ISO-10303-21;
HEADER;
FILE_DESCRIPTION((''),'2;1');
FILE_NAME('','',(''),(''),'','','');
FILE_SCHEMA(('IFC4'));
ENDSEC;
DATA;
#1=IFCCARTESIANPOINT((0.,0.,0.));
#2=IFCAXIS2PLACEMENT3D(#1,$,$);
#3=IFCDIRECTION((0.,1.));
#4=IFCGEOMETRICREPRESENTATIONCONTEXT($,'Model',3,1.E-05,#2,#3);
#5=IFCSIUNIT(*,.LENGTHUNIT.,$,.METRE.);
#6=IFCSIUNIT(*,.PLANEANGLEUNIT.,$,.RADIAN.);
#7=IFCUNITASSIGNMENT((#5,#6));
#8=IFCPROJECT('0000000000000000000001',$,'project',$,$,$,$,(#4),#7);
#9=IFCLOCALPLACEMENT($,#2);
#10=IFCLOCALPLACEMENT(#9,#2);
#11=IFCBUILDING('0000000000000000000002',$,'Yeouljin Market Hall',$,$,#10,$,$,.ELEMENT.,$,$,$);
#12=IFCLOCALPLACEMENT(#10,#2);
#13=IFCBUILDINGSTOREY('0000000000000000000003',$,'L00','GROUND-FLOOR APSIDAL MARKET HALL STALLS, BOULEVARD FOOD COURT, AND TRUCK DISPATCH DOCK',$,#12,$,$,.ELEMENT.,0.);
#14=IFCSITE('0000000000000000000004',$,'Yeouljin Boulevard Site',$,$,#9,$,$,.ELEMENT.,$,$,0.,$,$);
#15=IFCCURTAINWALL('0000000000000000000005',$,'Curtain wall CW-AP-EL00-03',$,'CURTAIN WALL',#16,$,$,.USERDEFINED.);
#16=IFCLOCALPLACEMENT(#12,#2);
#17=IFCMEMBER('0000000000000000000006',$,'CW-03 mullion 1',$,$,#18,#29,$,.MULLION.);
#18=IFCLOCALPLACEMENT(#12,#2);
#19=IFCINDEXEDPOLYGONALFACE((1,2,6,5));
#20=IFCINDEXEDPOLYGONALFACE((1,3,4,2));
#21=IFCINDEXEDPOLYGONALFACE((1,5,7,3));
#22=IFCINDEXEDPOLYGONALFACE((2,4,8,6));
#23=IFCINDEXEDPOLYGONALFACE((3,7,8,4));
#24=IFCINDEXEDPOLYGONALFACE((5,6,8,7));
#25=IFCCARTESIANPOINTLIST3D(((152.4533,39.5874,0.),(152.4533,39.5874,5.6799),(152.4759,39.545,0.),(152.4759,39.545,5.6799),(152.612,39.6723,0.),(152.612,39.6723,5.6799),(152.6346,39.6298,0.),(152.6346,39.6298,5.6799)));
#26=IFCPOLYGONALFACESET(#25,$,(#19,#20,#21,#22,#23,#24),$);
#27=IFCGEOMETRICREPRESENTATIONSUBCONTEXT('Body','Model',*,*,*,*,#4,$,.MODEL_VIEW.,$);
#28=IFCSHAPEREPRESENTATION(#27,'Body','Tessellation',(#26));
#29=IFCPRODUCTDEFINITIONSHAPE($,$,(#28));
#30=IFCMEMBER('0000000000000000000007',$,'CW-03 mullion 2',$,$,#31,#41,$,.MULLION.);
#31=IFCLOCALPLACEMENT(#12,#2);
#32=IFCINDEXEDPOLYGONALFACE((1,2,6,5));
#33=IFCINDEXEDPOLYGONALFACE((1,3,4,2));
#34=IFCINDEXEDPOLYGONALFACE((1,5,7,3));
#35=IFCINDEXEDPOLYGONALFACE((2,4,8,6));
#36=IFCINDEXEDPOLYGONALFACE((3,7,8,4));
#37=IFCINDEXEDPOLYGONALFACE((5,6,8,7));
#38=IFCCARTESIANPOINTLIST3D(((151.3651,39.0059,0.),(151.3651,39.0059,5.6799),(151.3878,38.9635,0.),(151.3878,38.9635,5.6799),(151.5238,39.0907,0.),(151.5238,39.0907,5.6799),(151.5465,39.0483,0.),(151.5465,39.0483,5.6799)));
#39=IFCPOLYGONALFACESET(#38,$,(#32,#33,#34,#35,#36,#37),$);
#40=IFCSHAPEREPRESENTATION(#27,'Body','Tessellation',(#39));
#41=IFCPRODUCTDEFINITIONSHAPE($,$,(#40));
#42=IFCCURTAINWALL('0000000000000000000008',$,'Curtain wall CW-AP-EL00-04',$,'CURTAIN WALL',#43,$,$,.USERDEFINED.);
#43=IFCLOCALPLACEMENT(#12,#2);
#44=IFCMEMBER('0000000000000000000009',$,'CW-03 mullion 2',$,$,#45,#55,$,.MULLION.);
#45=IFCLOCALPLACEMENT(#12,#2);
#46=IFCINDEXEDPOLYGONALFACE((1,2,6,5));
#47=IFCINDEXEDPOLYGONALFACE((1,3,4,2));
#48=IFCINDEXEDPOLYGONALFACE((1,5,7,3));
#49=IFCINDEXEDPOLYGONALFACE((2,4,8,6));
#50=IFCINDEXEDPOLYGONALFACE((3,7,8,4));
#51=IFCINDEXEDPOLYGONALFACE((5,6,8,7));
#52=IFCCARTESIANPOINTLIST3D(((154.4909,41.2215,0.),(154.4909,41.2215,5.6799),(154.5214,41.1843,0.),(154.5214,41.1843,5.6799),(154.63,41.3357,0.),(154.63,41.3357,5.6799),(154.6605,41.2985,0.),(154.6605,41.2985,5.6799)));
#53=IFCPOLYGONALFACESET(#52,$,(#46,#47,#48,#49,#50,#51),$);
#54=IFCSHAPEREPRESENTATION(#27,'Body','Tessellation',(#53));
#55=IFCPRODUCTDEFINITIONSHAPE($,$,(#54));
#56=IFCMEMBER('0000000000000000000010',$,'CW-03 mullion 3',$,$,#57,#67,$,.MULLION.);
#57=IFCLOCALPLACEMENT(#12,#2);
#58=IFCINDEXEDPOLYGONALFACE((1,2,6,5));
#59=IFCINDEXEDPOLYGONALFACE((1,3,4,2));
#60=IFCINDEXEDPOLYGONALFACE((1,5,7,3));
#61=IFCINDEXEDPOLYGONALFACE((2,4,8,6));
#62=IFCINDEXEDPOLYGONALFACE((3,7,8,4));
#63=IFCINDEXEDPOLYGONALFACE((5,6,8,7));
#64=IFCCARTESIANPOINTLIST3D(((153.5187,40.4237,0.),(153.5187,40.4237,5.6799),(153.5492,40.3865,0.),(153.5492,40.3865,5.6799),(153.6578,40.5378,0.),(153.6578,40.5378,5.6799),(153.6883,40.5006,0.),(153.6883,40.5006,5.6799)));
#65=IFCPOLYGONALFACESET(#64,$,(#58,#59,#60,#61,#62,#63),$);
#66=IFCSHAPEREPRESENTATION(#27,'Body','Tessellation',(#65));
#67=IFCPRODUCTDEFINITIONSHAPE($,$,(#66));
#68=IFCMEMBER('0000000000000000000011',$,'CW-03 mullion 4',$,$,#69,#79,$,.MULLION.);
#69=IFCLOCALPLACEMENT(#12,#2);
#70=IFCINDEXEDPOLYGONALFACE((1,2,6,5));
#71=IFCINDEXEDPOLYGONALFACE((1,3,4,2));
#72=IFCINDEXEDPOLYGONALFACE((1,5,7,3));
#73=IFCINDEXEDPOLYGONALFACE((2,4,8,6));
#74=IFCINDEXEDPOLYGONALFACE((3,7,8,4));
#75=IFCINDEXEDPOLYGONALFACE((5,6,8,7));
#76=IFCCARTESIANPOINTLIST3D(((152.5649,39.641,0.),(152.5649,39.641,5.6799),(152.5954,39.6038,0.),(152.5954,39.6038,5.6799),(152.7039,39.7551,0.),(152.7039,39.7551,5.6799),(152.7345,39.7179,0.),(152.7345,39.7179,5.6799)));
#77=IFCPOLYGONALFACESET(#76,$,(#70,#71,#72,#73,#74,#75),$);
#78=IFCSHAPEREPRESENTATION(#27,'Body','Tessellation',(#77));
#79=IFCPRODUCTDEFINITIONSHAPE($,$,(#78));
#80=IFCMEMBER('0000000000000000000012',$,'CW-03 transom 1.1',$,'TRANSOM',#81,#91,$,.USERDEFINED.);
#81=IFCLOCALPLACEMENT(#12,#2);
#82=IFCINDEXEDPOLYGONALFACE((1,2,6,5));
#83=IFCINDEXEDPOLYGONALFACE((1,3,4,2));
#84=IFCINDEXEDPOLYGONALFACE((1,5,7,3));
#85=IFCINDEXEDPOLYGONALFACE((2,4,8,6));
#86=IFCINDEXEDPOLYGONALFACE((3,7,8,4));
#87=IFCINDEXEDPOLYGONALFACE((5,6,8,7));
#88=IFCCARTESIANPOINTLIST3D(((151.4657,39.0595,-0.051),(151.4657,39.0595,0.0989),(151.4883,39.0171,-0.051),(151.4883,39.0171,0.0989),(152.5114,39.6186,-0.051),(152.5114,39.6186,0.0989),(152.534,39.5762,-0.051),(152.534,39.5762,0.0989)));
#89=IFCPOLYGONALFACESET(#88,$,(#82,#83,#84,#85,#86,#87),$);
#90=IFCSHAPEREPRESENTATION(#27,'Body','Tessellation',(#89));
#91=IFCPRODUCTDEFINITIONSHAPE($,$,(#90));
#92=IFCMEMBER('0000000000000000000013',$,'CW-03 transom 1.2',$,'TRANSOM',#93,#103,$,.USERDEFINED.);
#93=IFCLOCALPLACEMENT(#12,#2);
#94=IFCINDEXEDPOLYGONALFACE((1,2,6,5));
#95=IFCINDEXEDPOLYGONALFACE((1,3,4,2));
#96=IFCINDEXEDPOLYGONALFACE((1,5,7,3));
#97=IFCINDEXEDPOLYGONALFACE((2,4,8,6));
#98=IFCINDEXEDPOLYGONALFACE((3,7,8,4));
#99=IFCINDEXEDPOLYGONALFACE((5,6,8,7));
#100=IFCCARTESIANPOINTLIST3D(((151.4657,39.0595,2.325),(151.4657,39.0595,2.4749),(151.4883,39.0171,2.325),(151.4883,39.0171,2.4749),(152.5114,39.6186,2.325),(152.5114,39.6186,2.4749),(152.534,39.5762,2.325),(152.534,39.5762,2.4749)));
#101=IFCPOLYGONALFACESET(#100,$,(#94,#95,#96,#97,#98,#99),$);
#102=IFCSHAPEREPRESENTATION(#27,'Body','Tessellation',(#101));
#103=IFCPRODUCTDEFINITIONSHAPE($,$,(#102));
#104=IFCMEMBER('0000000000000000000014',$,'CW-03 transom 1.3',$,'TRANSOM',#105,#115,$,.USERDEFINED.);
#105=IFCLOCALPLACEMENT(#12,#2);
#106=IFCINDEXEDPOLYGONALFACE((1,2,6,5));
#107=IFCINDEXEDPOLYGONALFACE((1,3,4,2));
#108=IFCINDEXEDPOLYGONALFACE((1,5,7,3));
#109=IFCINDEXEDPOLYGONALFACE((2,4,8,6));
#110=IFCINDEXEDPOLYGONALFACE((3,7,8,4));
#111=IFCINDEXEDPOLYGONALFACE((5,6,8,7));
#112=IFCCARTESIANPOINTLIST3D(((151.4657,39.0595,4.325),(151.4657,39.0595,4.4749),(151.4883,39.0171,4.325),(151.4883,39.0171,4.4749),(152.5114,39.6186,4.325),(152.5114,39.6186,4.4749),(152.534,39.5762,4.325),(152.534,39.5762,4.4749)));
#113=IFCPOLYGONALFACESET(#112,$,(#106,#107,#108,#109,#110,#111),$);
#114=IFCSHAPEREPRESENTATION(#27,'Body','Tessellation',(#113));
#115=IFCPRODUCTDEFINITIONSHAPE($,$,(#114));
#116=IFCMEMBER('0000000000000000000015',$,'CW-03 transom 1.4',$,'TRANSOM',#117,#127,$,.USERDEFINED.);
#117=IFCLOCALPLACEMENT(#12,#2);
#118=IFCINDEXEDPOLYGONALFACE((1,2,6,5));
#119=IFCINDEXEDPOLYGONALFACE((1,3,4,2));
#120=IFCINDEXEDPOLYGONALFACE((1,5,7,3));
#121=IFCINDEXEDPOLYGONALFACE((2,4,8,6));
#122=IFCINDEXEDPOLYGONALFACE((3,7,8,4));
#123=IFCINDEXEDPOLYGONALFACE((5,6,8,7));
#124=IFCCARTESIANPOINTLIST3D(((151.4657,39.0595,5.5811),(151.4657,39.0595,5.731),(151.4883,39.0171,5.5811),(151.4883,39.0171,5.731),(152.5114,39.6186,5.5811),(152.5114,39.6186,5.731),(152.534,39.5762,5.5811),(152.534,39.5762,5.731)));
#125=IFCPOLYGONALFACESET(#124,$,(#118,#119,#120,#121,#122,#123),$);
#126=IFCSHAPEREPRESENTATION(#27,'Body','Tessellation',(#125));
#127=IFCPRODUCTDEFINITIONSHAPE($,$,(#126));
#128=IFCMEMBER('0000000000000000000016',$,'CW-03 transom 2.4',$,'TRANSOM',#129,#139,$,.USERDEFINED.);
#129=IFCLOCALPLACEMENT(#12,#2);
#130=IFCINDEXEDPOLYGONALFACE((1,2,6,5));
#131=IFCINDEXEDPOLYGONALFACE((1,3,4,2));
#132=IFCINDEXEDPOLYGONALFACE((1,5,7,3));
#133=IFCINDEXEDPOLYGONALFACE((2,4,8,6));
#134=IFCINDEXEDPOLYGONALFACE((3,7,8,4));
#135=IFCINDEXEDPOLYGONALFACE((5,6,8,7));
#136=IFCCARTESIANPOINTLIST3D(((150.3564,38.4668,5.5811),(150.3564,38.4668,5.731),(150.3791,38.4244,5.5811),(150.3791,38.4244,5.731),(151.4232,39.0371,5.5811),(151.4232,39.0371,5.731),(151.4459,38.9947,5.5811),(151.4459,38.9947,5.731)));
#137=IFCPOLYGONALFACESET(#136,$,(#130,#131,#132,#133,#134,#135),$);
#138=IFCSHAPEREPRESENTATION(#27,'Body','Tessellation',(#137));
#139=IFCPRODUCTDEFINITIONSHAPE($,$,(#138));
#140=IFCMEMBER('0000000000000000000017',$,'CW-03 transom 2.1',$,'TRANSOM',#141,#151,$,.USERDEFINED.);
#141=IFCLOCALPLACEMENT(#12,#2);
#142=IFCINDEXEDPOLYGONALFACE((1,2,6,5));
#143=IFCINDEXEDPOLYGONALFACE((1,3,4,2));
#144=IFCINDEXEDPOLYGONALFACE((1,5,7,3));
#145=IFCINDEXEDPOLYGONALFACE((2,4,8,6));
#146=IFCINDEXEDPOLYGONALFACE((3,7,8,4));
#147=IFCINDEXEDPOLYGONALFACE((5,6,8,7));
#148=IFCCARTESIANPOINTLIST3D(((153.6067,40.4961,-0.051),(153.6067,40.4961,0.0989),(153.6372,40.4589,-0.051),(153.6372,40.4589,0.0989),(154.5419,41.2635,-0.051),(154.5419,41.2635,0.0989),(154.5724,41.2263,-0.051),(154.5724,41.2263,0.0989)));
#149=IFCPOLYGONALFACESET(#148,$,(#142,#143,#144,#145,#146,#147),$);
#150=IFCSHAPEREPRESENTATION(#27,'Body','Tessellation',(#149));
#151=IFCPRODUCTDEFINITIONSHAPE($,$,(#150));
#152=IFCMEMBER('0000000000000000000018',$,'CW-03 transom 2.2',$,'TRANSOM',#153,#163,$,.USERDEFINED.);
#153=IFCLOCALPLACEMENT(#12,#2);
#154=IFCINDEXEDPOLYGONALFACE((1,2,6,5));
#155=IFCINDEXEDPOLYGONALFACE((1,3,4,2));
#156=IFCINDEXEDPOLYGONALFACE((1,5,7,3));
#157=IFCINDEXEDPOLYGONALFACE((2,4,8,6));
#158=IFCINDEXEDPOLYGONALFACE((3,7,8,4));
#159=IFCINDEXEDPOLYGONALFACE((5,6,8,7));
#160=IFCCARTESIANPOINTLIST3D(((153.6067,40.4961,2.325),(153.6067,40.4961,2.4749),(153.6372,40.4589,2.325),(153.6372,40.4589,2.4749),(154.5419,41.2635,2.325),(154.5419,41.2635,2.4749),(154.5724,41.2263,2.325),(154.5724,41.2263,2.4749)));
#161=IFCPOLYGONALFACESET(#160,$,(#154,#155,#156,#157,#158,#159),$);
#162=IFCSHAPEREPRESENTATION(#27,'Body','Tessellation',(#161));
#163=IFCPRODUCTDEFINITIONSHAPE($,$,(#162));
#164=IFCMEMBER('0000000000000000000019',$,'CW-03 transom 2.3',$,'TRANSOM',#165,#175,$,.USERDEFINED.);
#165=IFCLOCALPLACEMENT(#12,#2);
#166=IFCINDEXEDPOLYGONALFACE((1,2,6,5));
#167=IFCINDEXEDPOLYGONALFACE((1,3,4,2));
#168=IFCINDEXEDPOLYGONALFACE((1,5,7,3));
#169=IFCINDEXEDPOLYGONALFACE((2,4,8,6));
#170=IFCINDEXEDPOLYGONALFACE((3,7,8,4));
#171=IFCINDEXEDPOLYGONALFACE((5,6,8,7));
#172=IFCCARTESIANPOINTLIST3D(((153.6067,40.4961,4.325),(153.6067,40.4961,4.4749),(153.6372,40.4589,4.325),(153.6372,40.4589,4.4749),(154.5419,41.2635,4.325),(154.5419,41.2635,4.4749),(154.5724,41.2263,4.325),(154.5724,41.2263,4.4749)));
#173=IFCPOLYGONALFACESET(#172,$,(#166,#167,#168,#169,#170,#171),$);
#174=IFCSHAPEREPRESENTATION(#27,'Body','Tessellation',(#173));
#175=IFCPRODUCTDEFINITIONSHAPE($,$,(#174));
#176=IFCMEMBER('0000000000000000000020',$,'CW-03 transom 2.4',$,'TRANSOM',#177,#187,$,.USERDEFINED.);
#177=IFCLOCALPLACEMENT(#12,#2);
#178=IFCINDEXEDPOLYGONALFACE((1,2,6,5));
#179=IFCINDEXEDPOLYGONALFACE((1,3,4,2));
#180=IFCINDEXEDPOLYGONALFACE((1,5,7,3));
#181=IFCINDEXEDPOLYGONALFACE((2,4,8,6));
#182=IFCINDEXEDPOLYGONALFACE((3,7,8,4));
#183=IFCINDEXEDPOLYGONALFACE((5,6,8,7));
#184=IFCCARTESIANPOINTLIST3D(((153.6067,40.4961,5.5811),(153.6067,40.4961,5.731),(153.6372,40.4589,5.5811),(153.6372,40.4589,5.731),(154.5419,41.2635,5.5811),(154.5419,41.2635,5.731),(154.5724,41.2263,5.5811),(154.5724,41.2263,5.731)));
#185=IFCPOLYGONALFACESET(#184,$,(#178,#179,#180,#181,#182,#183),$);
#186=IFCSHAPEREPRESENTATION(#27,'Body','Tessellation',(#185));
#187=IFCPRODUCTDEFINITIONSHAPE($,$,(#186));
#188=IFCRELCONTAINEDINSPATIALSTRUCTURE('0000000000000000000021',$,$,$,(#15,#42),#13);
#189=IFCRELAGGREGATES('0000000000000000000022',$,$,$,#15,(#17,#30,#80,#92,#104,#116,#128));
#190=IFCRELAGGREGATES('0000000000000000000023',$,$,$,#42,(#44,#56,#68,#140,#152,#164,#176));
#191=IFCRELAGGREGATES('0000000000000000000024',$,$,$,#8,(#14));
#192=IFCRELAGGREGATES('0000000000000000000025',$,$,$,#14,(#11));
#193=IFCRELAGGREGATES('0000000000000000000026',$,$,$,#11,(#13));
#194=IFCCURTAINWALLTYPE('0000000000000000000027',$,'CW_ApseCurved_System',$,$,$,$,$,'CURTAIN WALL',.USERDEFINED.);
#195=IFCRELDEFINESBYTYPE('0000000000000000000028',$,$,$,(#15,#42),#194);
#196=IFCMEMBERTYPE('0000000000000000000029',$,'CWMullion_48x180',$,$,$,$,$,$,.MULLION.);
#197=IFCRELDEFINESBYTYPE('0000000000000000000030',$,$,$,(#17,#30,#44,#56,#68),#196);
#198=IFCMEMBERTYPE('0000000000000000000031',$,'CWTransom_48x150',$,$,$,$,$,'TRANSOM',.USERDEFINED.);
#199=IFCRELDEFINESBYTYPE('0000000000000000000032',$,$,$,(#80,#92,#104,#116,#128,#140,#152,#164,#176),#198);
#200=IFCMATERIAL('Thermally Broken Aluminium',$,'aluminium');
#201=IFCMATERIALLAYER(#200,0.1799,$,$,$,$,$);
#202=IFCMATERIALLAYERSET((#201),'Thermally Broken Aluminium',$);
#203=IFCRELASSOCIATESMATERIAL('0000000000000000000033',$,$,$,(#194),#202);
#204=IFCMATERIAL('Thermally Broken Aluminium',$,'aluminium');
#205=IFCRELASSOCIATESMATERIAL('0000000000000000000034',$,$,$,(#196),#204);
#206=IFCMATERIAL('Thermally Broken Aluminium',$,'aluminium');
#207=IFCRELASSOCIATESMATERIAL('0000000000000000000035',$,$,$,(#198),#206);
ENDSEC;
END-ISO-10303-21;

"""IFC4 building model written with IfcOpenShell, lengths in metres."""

from ifc_helpers import new_model, si_unit, direction, frame, origin, origin_2d, place, context, subcontext, project, spatial, rectangle, extrude, material, layer, layer_set, material_profile, profile_set, type_object, element, aggregate, save


model = new_model("IFC4")

# Units and contexts
model_context = context("Model", 3, precision=1e-05, world=origin(), true_north=direction((0.0, 1.0)))
body_context = subcontext(model_context, "Body", "Model", "MODEL_VIEW")
ifc_project = project(units=[si_unit("LENGTHUNIT", "METRE"), si_unit("PLANEANGLEUNIT", "RADIAN")], contexts=[model_context])

# Site, building, storey
site_placement = place(None, origin())
site = spatial("IfcSite", under=ifc_project, at=site_placement, Name="Yeouljin Boulevard Site", CompositionType="ELEMENT", RefElevation=0.0)
building_placement = place(site_placement, origin())
building = spatial("IfcBuilding", under=site, at=building_placement, Name="Yeouljin Market Hall", CompositionType="ELEMENT")
storey_placement = place(building_placement, origin())
storey = spatial("IfcBuildingStorey", under=building, at=storey_placement, Name="L00", Description="GROUND-FLOOR APSIDAL MARKET HALL STALLS, BOULEVARD FOOD COURT, AND TRUCK DISPATCH DOCK", CompositionType="ELEMENT", Elevation=0.0)

# Curtain walls, members
ifc_material_1 = material(Name="Thermally Broken Aluminium", Category="aluminium")
ifc_layer_1 = layer(ifc_material_1, 0.1799)
ifc_layer_set_1 = layer_set([ifc_layer_1], Name="Thermally Broken Aluminium")
curtain_wall_type = type_object("IfcCurtainWallType", Name="CW_ApseCurved_System", ElementType="CURTAIN WALL", PredefinedType="USERDEFINED", material=ifc_layer_set_1)
curtain_wall_1_placement = place(storey_placement, origin())
curtain_wall_1 = element("IfcCurtainWall", 1, at=curtain_wall_1_placement, inside=storey, type_object=curtain_wall_type, Name="Curtain wall CW-AP-EL00-03", ObjectType="CURTAIN WALL", PredefinedType="USERDEFINED")
ifc_material_2 = material(Name="Thermally Broken Aluminium", Category="aluminium")
ifc_material_profile_1 = material_profile(ifc_material_2, rectangle(XDim=0.0481, YDim=0.1799, at=origin_2d()), Name="CW-MULL-48x180")
ifc_profile_set_1 = profile_set([ifc_material_profile_1], Name="Thermally Broken Aluminium")
member_type_1 = type_object("IfcMemberType", Name="CWMullion_48x180", PredefinedType="MULLION", material=ifc_profile_set_1)
member_1_placement = place(storey_placement, frame((152.5439, 39.6086, 0.0), z_axis=(0.0, 0.0, 1.0), x_axis=(0.471378, -0.881931, 0.0)))
member_1 = element("IfcMember", 2, at=member_1_placement, type_object=member_type_1, Name="CW-03 mullion 1", PredefinedType="MULLION", context=body_context, shape_type="SweptSolid", body=[
    extrude(rectangle(XDim=0.0481, YDim=0.1799, at=origin_2d()), origin(), (0.0, 0.0, 1.0), 5.6799),
])
member_2_placement = place(storey_placement, frame((151.4558, 39.0271, 0.0), z_axis=(0.0, 0.0, 1.0), x_axis=(0.471378, -0.881931, 0.0)))
member_2 = element("IfcMember", 3, at=member_2_placement, type_object=member_type_1, Name="CW-03 mullion 2", PredefinedType="MULLION", context=body_context, shape_type="SweptSolid", body=[
    extrude(rectangle(XDim=0.0481, YDim=0.1799, at=origin_2d()), origin(), (0.0, 0.0, 1.0), 5.6799),
])
curtain_wall_2_placement = place(storey_placement, origin())
curtain_wall_2 = element("IfcCurtainWall", 4, at=curtain_wall_2_placement, inside=storey, type_object=curtain_wall_type, Name="Curtain wall CW-AP-EL00-04", ObjectType="CURTAIN WALL", PredefinedType="USERDEFINED")
member_3_placement = place(storey_placement, frame((154.5757, 41.26, 0.0), z_axis=(0.0, 0.0, 1.0), x_axis=(0.634384, -0.773018, 0.0)))
member_3 = element("IfcMember", 5, at=member_3_placement, type_object=member_type_1, Name="CW-03 mullion 2", PredefinedType="MULLION", context=body_context, shape_type="SweptSolid", body=[
    extrude(rectangle(XDim=0.0481, YDim=0.1799, at=origin_2d()), origin(), (0.0, 0.0, 1.0), 5.6799),
])
member_4_placement = place(storey_placement, frame((153.6035, 40.4622, 0.0), z_axis=(0.0, 0.0, 1.0), x_axis=(0.634384, -0.773018, 0.0)))
member_4 = element("IfcMember", 6, at=member_4_placement, type_object=member_type_1, Name="CW-03 mullion 3", PredefinedType="MULLION", context=body_context, shape_type="SweptSolid", body=[
    extrude(rectangle(XDim=0.0481, YDim=0.1799, at=origin_2d()), origin(), (0.0, 0.0, 1.0), 5.6799),
])
member_5_placement = place(storey_placement, frame((152.6497, 39.6794, 0.0), z_axis=(0.0, 0.0, 1.0), x_axis=(0.634384, -0.773018, 0.0)))
member_5 = element("IfcMember", 7, at=member_5_placement, type_object=member_type_1, Name="CW-03 mullion 4", PredefinedType="MULLION", context=body_context, shape_type="SweptSolid", body=[
    extrude(rectangle(XDim=0.0481, YDim=0.1799, at=origin_2d()), origin(), (0.0, 0.0, 1.0), 5.6799),
])

# Members
ifc_material_3 = material(Name="Thermally Broken Aluminium", Category="aluminium")
ifc_material_profile_2 = material_profile(ifc_material_3, rectangle(XDim=0.0481, YDim=0.1499, at=origin_2d()), Name="CW-TRAN-48x150")
ifc_profile_set_2 = profile_set([ifc_material_profile_2], Name="Thermally Broken Aluminium")
member_type_2 = type_object("IfcMemberType", Name="CWTransom_48x150", ElementType="TRANSOM", PredefinedType="USERDEFINED", material=ifc_profile_set_2)
member_6_placement = place(storey_placement, frame((152.5227, 39.5974, 0.0239), z_axis=(-0.881862, -0.471507, 0.0), x_axis=(0.471507, -0.881862, 0.0)))
member_6 = element("IfcMember", 8, at=member_6_placement, type_object=member_type_2, Name="CW-03 transom 1.1", ObjectType="TRANSOM", PredefinedType="USERDEFINED", context=body_context, shape_type="SweptSolid", body=[
    extrude(rectangle(XDim=0.0481, YDim=0.1499, at=origin_2d()), origin(), (0.0, 0.0, 1.0), 1.1858),
])
member_7_placement = place(storey_placement, frame((152.5227, 39.5974, 2.3999), z_axis=(-0.881862, -0.471507, 0.0), x_axis=(0.471507, -0.881862, 0.0)))
member_7 = element("IfcMember", 9, at=member_7_placement, type_object=member_type_2, Name="CW-03 transom 1.2", ObjectType="TRANSOM", PredefinedType="USERDEFINED", context=body_context, shape_type="SweptSolid", body=[
    extrude(rectangle(XDim=0.0481, YDim=0.1499, at=origin_2d()), origin(), (0.0, 0.0, 1.0), 1.1858),
])
member_8_placement = place(storey_placement, frame((152.5227, 39.5974, 4.3999), z_axis=(-0.881862, -0.471507, 0.0), x_axis=(0.471507, -0.881862, 0.0)))
member_8 = element("IfcMember", 10, at=member_8_placement, type_object=member_type_2, Name="CW-03 transom 1.3", ObjectType="TRANSOM", PredefinedType="USERDEFINED", context=body_context, shape_type="SweptSolid", body=[
    extrude(rectangle(XDim=0.0481, YDim=0.1499, at=origin_2d()), origin(), (0.0, 0.0, 1.0), 1.1858),
])
member_9_placement = place(storey_placement, frame((152.5227, 39.5974, 5.656), z_axis=(-0.881862, -0.471507, 0.0), x_axis=(0.471507, -0.881862, 0.0)))
member_9 = element("IfcMember", 11, at=member_9_placement, type_object=member_type_2, Name="CW-03 transom 1.4", ObjectType="TRANSOM", PredefinedType="USERDEFINED", context=body_context, shape_type="SweptSolid", body=[
    extrude(rectangle(XDim=0.0481, YDim=0.1499, at=origin_2d()), origin(), (0.0, 0.0, 1.0), 1.1858),
])
member_10_placement = place(storey_placement, frame((151.4346, 39.0159, 5.656), z_axis=(-0.881906, -0.471426, 0.0), x_axis=(0.471426, -0.881906, 0.0)))
member_10 = element("IfcMember", 12, at=member_10_placement, type_object=member_type_2, Name="CW-03 transom 2.4", ObjectType="TRANSOM", PredefinedType="USERDEFINED", context=body_context, shape_type="SweptSolid", body=[
    extrude(rectangle(XDim=0.0481, YDim=0.1499, at=origin_2d()), origin(), (0.0, 0.0, 1.0), 1.2097),
])
member_11_placement = place(storey_placement, frame((154.5571, 41.2449, 0.0239), z_axis=(-0.77303, -0.634369, 0.0), x_axis=(0.634369, -0.77303, 0.0)))
member_11 = element("IfcMember", 13, at=member_11_placement, type_object=member_type_2, Name="CW-03 transom 2.1", ObjectType="TRANSOM", PredefinedType="USERDEFINED", context=body_context, shape_type="SweptSolid", body=[
    extrude(rectangle(XDim=0.0481, YDim=0.1499, at=origin_2d()), origin(), (0.0, 0.0, 1.0), 1.2097),
])
member_12_placement = place(storey_placement, frame((154.5571, 41.2449, 2.3999), z_axis=(-0.77303, -0.634369, 0.0), x_axis=(0.634369, -0.77303, 0.0)))
member_12 = element("IfcMember", 14, at=member_12_placement, type_object=member_type_2, Name="CW-03 transom 2.2", ObjectType="TRANSOM", PredefinedType="USERDEFINED", context=body_context, shape_type="SweptSolid", body=[
    extrude(rectangle(XDim=0.0481, YDim=0.1499, at=origin_2d()), origin(), (0.0, 0.0, 1.0), 1.2097),
])
member_13_placement = place(storey_placement, frame((154.5571, 41.2449, 4.3999), z_axis=(-0.77303, -0.634369, 0.0), x_axis=(0.634369, -0.77303, 0.0)))
member_13 = element("IfcMember", 15, at=member_13_placement, type_object=member_type_2, Name="CW-03 transom 2.3", ObjectType="TRANSOM", PredefinedType="USERDEFINED", context=body_context, shape_type="SweptSolid", body=[
    extrude(rectangle(XDim=0.0481, YDim=0.1499, at=origin_2d()), origin(), (0.0, 0.0, 1.0), 1.2097),
])
member_14_placement = place(storey_placement, frame((154.5571, 41.2449, 5.656), z_axis=(-0.77303, -0.634369, 0.0), x_axis=(0.634369, -0.77303, 0.0)))
member_14 = element("IfcMember", 16, at=member_14_placement, type_object=member_type_2, Name="CW-03 transom 2.4", ObjectType="TRANSOM", PredefinedType="USERDEFINED", context=body_context, shape_type="SweptSolid", body=[
    extrude(rectangle(XDim=0.0481, YDim=0.1499, at=origin_2d()), origin(), (0.0, 0.0, 1.0), 1.2097),
])

aggregate(curtain_wall_1, [member_1, member_2, member_6, member_7, member_8, member_9, member_10])
aggregate(curtain_wall_2, [member_3, member_4, member_5, member_11, member_12, member_13, member_14])

save(model, "model.ifc")
